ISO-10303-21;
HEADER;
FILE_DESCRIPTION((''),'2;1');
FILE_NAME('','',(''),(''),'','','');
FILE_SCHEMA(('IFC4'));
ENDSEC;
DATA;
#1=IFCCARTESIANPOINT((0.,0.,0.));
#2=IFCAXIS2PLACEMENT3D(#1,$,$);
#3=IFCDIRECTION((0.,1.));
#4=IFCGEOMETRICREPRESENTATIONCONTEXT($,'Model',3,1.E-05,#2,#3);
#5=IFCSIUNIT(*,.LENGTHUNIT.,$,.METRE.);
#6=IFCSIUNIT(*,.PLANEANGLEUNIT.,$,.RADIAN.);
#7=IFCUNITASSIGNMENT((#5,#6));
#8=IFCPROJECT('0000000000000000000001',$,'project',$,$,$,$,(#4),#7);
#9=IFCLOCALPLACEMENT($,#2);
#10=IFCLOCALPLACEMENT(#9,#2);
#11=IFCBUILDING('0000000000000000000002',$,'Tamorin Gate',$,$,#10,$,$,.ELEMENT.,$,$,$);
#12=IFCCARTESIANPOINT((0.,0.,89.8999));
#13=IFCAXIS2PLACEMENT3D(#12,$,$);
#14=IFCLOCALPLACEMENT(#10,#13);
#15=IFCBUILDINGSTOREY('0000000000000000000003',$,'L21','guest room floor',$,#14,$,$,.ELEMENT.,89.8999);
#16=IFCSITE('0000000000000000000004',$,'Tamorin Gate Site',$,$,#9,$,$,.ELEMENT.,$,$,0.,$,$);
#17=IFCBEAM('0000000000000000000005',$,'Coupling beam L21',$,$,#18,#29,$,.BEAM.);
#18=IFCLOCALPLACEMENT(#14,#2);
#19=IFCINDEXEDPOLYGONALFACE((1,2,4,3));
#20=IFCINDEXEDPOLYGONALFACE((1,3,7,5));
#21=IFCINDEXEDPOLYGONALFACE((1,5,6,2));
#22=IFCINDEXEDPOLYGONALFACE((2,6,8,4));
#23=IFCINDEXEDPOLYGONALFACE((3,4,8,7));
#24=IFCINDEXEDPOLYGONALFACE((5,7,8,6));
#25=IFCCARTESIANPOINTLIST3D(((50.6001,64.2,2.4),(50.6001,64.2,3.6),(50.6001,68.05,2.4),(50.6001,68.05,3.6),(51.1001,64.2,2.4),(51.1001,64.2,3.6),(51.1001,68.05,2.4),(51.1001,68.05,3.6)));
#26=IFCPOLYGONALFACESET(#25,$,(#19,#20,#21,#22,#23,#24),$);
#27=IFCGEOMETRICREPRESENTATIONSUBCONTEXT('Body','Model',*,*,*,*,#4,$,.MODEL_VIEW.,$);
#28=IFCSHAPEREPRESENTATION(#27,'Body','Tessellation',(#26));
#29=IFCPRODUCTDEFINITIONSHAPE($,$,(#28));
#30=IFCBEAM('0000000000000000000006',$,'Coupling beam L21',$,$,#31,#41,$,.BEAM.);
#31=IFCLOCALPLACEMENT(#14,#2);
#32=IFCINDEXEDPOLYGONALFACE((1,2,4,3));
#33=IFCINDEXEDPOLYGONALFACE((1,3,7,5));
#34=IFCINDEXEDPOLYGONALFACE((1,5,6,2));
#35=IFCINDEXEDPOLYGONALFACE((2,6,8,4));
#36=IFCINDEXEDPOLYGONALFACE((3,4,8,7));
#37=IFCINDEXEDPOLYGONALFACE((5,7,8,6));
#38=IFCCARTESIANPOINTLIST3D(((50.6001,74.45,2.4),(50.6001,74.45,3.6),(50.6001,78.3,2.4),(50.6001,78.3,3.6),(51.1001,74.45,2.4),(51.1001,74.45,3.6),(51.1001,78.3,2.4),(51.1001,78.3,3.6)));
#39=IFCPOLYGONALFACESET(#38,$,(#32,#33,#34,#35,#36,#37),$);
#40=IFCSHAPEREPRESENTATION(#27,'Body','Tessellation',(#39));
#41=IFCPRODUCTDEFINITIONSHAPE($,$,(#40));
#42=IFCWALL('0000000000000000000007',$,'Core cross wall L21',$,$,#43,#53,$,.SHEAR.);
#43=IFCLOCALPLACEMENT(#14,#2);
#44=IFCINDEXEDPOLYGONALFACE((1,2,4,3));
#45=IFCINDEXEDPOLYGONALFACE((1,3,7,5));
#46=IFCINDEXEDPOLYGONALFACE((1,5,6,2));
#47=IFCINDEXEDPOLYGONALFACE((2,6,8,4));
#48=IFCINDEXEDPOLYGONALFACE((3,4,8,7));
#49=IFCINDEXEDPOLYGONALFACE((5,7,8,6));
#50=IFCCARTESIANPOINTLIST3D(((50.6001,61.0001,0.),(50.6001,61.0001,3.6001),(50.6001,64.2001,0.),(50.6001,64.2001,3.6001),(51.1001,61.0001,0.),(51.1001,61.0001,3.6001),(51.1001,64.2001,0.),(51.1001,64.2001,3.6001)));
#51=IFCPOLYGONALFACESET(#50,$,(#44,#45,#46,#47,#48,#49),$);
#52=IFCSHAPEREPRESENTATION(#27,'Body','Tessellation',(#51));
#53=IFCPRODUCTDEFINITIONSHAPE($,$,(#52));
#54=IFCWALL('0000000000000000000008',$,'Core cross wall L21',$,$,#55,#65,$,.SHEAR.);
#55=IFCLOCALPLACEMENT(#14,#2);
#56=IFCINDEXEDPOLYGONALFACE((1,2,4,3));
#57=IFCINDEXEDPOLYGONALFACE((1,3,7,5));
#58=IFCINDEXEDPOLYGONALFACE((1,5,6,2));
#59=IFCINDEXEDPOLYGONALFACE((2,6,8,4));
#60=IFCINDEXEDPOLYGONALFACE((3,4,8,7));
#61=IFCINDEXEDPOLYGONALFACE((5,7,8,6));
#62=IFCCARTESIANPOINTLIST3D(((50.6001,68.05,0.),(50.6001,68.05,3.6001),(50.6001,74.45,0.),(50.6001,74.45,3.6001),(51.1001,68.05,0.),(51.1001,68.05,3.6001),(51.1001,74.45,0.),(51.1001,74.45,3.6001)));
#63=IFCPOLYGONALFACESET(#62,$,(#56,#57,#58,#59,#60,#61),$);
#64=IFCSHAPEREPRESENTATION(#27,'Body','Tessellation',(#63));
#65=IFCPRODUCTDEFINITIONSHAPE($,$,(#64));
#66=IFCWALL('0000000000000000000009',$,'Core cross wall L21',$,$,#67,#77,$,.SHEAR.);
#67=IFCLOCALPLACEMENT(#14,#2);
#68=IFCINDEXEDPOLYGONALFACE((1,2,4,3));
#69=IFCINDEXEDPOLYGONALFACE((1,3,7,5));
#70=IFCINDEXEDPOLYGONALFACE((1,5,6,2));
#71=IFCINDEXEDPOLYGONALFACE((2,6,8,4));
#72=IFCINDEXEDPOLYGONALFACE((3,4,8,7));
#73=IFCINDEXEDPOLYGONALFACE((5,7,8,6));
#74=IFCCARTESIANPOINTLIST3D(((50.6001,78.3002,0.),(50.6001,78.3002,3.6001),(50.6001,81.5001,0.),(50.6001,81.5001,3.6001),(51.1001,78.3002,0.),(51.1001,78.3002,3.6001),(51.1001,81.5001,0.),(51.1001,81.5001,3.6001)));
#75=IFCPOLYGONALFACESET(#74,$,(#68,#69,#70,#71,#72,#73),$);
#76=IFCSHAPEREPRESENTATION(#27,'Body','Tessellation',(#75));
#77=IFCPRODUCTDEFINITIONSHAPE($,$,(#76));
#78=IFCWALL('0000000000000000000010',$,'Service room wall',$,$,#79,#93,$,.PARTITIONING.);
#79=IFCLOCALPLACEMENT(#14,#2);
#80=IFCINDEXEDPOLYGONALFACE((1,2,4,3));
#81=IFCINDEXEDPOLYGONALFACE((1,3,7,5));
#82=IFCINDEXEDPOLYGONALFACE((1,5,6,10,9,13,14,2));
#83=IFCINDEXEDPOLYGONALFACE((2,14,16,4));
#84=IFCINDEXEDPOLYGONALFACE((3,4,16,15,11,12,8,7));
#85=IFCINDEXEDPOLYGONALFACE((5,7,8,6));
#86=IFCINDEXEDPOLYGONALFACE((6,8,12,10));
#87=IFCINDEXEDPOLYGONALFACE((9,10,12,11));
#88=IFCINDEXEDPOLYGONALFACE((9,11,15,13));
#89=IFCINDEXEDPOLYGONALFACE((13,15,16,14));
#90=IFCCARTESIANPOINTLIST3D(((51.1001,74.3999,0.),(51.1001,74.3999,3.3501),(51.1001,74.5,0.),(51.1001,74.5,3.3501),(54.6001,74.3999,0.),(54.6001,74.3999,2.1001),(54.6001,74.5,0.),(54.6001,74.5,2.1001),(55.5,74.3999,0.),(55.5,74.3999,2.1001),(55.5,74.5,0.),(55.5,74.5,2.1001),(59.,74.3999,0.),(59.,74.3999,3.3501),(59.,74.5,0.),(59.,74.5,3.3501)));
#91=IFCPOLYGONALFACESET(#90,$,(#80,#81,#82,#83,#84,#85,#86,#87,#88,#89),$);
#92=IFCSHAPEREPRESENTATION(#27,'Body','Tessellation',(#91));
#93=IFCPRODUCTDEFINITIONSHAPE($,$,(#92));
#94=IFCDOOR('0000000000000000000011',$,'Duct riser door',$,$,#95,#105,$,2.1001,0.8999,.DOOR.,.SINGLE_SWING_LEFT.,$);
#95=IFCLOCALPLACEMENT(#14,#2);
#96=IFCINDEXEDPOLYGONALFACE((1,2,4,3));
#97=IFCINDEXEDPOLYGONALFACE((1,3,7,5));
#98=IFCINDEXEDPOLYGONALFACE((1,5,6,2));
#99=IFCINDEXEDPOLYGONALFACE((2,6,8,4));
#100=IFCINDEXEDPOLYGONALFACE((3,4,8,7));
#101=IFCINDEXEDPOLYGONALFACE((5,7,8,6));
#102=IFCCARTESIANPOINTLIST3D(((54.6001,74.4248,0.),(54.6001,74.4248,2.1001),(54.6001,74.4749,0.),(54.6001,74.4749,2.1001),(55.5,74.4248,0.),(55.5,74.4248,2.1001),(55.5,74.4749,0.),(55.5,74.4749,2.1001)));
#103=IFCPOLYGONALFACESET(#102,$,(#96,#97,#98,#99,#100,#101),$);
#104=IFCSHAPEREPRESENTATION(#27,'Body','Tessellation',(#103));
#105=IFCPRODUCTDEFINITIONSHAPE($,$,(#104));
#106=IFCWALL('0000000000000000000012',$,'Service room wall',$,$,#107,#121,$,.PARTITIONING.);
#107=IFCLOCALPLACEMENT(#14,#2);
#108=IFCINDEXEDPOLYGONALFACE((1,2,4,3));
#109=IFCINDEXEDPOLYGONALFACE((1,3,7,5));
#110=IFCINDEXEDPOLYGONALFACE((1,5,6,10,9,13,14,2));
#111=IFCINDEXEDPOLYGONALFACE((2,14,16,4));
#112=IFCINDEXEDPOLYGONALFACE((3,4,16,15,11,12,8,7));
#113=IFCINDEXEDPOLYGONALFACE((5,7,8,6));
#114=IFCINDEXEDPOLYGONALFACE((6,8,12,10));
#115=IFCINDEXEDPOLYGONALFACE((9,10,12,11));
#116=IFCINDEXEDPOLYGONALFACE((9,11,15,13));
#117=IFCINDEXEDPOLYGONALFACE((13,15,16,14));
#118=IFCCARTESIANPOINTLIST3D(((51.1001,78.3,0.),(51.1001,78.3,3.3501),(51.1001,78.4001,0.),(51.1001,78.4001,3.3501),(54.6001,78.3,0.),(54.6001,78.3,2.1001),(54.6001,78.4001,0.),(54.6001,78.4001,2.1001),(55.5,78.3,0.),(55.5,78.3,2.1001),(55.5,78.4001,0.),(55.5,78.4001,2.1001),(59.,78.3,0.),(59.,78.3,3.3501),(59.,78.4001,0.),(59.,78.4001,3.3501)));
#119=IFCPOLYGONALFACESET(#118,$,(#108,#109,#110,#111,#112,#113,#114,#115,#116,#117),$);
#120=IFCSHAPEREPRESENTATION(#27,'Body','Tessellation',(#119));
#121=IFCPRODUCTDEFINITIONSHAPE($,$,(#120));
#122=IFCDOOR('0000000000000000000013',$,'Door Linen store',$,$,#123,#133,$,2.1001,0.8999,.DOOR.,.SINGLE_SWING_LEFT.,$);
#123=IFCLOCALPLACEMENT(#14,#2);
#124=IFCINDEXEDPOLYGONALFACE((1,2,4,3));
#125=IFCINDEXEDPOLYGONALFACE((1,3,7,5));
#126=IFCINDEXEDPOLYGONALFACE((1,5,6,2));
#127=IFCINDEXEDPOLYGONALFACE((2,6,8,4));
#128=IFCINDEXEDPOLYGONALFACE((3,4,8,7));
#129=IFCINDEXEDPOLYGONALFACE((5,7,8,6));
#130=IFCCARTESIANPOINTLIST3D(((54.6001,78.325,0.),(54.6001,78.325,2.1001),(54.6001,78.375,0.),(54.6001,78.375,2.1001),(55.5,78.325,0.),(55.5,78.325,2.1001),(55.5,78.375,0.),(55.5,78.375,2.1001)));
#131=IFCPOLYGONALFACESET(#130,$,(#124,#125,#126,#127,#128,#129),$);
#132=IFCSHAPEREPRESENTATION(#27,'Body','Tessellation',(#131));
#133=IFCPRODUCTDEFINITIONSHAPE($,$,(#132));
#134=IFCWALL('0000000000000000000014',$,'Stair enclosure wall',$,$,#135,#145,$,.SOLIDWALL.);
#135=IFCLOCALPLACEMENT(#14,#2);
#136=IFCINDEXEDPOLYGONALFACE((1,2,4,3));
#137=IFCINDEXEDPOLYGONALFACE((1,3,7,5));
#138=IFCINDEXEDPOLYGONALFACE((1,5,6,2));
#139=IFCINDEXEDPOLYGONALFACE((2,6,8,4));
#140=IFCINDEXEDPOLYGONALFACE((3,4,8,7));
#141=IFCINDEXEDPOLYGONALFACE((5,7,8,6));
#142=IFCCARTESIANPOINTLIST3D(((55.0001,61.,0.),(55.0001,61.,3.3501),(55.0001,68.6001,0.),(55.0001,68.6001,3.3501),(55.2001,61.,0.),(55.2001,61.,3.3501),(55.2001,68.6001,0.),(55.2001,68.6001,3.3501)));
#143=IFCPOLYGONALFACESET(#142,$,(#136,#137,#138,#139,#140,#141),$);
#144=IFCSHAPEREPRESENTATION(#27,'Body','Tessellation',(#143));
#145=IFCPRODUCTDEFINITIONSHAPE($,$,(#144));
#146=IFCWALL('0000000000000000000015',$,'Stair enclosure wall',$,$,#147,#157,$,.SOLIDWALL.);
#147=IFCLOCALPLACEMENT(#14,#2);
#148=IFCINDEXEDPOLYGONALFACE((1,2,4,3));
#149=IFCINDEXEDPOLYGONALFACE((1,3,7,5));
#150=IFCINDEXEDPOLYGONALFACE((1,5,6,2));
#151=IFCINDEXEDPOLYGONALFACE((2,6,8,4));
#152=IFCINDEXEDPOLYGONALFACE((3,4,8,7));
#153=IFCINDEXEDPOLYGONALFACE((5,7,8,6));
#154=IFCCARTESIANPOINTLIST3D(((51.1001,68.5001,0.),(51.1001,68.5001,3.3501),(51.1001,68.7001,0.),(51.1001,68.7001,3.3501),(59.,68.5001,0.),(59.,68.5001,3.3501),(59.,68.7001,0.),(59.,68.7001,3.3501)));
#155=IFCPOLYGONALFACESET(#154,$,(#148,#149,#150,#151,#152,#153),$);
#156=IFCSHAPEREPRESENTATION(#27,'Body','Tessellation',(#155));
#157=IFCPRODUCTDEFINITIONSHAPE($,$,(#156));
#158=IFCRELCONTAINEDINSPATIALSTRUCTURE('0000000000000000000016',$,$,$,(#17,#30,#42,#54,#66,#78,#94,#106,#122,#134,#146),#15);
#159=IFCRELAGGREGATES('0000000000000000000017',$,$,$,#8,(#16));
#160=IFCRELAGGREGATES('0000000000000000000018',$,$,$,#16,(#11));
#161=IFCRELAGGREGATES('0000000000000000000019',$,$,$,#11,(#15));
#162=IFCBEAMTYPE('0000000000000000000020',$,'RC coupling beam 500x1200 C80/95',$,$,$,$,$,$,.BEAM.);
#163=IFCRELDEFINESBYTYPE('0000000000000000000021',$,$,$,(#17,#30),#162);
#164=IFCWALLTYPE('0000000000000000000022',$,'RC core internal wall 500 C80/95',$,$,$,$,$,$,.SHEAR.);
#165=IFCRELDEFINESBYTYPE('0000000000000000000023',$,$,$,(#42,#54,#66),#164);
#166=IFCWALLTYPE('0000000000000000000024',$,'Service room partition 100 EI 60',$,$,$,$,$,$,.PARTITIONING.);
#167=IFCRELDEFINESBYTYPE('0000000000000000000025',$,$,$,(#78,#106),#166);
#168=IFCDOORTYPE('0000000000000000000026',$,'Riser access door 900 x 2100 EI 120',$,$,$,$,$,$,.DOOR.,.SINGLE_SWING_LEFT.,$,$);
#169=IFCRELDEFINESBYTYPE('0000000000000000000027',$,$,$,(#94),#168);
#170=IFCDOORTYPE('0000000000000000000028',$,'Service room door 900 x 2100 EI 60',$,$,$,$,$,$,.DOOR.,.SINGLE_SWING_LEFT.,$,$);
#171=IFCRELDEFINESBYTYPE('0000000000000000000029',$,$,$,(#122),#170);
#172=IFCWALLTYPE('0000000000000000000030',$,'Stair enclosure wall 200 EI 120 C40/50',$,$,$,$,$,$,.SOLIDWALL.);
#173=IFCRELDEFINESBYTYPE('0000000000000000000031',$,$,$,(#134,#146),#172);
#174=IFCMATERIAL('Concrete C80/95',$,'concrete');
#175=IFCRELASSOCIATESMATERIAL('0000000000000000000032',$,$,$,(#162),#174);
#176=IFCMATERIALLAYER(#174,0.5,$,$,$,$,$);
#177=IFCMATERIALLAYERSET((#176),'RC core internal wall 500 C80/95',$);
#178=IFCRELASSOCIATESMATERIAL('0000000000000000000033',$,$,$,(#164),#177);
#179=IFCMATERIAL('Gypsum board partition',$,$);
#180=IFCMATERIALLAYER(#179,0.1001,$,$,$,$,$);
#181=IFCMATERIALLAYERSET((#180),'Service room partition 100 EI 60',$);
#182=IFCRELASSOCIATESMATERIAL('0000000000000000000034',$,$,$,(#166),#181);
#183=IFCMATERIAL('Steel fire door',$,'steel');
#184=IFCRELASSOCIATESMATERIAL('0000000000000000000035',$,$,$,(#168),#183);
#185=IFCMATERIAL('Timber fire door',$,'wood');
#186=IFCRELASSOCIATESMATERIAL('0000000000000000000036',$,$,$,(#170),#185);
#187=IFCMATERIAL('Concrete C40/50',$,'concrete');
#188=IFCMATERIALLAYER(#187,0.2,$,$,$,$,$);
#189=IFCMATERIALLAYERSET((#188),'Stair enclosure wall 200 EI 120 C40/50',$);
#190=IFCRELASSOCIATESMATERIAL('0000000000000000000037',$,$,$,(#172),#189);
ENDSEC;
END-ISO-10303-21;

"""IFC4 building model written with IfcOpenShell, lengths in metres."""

from ifc_helpers import new_model, si_unit, direction, frame, frame_2d, origin, origin_2d, place, context, subcontext, project, spatial, rectangle, extrude, material, layer, layer_set, material_profile, profile_set, type_object, element, fill, save


model = new_model("IFC4")

# Units and contexts
model_context = context("Model", 3, precision=1e-05, world=origin(), true_north=direction((0.0, 1.0)))
body_context = subcontext(model_context, "Body", "Model", "MODEL_VIEW")
ifc_project = project(units=[si_unit("LENGTHUNIT", "METRE"), si_unit("PLANEANGLEUNIT", "RADIAN")], contexts=[model_context])

# Site, building, storey
site_placement = place(None, origin())
site = spatial("IfcSite", under=ifc_project, at=site_placement, Name="Tamorin Gate Site", CompositionType="ELEMENT", RefElevation=0.0)
building_placement = place(site_placement, origin())
building = spatial("IfcBuilding", under=site, at=building_placement, Name="Tamorin Gate", CompositionType="ELEMENT")
storey_placement = place(building_placement, frame((0.0, 0.0, 89.8999)))
storey = spatial("IfcBuildingStorey", under=building, at=storey_placement, Name="L21", Description="guest room floor", CompositionType="ELEMENT", Elevation=89.8999)

# Beams
ifc_material_1 = material(Name="Concrete C80/95", Category="concrete")
ifc_material_profile = material_profile(ifc_material_1, rectangle(XDim=0.5, YDim=1.2, at=origin_2d()), Name="RC 500x1200")
ifc_profile_set = profile_set([ifc_material_profile], Name="Concrete C80/95")
beam_type = type_object("IfcBeamType", Name="RC coupling beam 500x1200 C80/95", PredefinedType="BEAM", material=ifc_profile_set)
for number, where, z_axis, x_axis, name in (
    (1, (50.8501, 64.2, 3.0), (0.0, 1.0, 0.0), (-1.0, 0.0, 0.0), "Coupling beam L21"),
    (2, (50.8501, 74.45, 3.0), (0.0, 1.0, 0.0), (-1.0, 0.0, 0.0), "Coupling beam L21"),
):
    element("IfcBeam", number, at=place(storey_placement, frame(where, z_axis=z_axis, x_axis=x_axis)), inside=storey, type_object=beam_type, Name=name, PredefinedType="BEAM", context=body_context, shape_type="SweptSolid", body=[
        extrude(rectangle(XDim=0.5, YDim=1.2, at=origin_2d()), origin(), (0.0, 0.0, 1.0), 3.8501),
    ])

# Walls
ifc_layer_1 = layer(ifc_material_1, 0.5)
ifc_layer_set_1 = layer_set([ifc_layer_1], Name="RC core internal wall 500 C80/95")
wall_type_1 = type_object("IfcWallType", Name="RC core internal wall 500 C80/95", PredefinedType="SHEAR", material=ifc_layer_set_1)
wall_1_placement = place(storey_placement, frame((50.8501, 61.0, 0.0), z_axis=(0.0, 0.0, 1.0), x_axis=(0.0, 1.0, 0.0)))
element("IfcWall", 3, at=wall_1_placement, inside=storey, type_object=wall_type_1, Name="Core cross wall L21", PredefinedType="SHEAR", context=body_context, shape_type="SweptSolid", body=[
    extrude(rectangle(XDim=3.2, YDim=0.5, at=frame_2d((1.6001, 0.0))), origin(), (0.0, 0.0, 1.0), 3.6001),
])
wall_2_placement = place(storey_placement, frame((50.8501, 68.05, 0.0), z_axis=(0.0, 0.0, 1.0), x_axis=(0.0, 1.0, 0.0)))
element("IfcWall", 4, at=wall_2_placement, inside=storey, type_object=wall_type_1, Name="Core cross wall L21", PredefinedType="SHEAR", context=body_context, shape_type="SweptSolid", body=[
    extrude(rectangle(XDim=6.3999, YDim=0.5, at=frame_2d((3.2, 0.0))), origin(), (0.0, 0.0, 1.0), 3.6001),
])
wall_3_placement = place(storey_placement, frame((50.8501, 78.3, 0.0), z_axis=(0.0, 0.0, 1.0), x_axis=(0.0, 1.0, 0.0)))
element("IfcWall", 5, at=wall_3_placement, inside=storey, type_object=wall_type_1, Name="Core cross wall L21", PredefinedType="SHEAR", context=body_context, shape_type="SweptSolid", body=[
    extrude(rectangle(XDim=3.2, YDim=0.5, at=frame_2d((1.6001, 0.0))), origin(), (0.0, 0.0, 1.0), 3.6001),
])

# Walls, openings, doors
ifc_material_2 = material(Name="Gypsum board partition")
ifc_layer_2 = layer(ifc_material_2, 0.1001)
ifc_layer_set_2 = layer_set([ifc_layer_2], Name="Service room partition 100 EI 60")
wall_type_2 = type_object("IfcWallType", Name="Service room partition 100 EI 60", PredefinedType="PARTITIONING", material=ifc_layer_set_2)
wall_4_placement = place(storey_placement, frame((51.1001, 74.45, 0.0), z_axis=(0.0, 0.0, 1.0), x_axis=(1.0, 0.0, 0.0)))
wall_4 = element("IfcWall", 6, at=wall_4_placement, inside=storey, type_object=wall_type_2, Name="Service room wall", PredefinedType="PARTITIONING", context=body_context, shape_type="SweptSolid", body=[
    extrude(rectangle(XDim=7.8999, YDim=0.1001, at=frame_2d((3.95, 0.0))), origin(), (0.0, 0.0, 1.0), 3.3501),
])
opening_1_placement = place(wall_4_placement, frame((3.5, 0.0, 0.0)))
opening_1 = element("IfcOpeningElement", 7, at=opening_1_placement, cuts=wall_4, PredefinedType="OPENING", context=body_context, shape_type="SweptSolid", body=[
    extrude(rectangle(XDim=0.8999, YDim=2.1001, at=frame_2d((0.45, 1.05))), frame((0.0, 0.0601, 0.0), z_axis=(0.0, -1.0, 0.0), x_axis=(1.0, 0.0, 0.0)), (0.0, 0.0, 1.0), 0.1201),
])
ifc_material_3 = material(Name="Steel fire door", Category="steel")
door_type_1 = type_object("IfcDoorType", Name="Riser access door 900 x 2100 EI 120", OperationType="SINGLE_SWING_LEFT", PredefinedType="DOOR", material=ifc_material_3)
door_1_placement = place(opening_1_placement, origin())
door_1 = element("IfcDoor", 8, at=door_1_placement, inside=storey, type_object=door_type_1, Name="Duct riser door", OperationType="SINGLE_SWING_LEFT", OverallHeight=2.1001, OverallWidth=0.8999, PredefinedType="DOOR", context=body_context, shape_type="SweptSolid", body=[
    extrude(rectangle(XDim=0.8999, YDim=2.1001, at=frame_2d((0.45, 1.05))), frame((0.0, 0.0249, 0.0), z_axis=(0.0, -1.0, 0.0), x_axis=(1.0, 0.0, 0.0)), (0.0, 0.0, 1.0), 0.05),
])
fill(opening_1, door_1)
wall_5_placement = place(storey_placement, frame((51.1001, 78.3501, 0.0), z_axis=(0.0, 0.0, 1.0), x_axis=(1.0, 0.0, 0.0)))
wall_5 = element("IfcWall", 9, at=wall_5_placement, inside=storey, type_object=wall_type_2, Name="Service room wall", PredefinedType="PARTITIONING", context=body_context, shape_type="SweptSolid", body=[
    extrude(rectangle(XDim=7.8999, YDim=0.1001, at=frame_2d((3.95, 0.0))), origin(), (0.0, 0.0, 1.0), 3.3501),
])
opening_2_placement = place(wall_5_placement, frame((3.5, 0.0, 0.0)))
opening_2 = element("IfcOpeningElement", 10, at=opening_2_placement, cuts=wall_5, PredefinedType="OPENING", context=body_context, shape_type="SweptSolid", body=[
    extrude(rectangle(XDim=0.8999, YDim=2.1001, at=frame_2d((0.45, 1.05))), frame((0.0, 0.0601, 0.0), z_axis=(0.0, -1.0, 0.0), x_axis=(1.0, 0.0, 0.0)), (0.0, 0.0, 1.0), 0.1201),
])
ifc_material_4 = material(Name="Timber fire door", Category="wood")
door_type_2 = type_object("IfcDoorType", Name="Service room door 900 x 2100 EI 60", OperationType="SINGLE_SWING_LEFT", PredefinedType="DOOR", material=ifc_material_4)
door_2_placement = place(opening_2_placement, origin())
door_2 = element("IfcDoor", 11, at=door_2_placement, inside=storey, type_object=door_type_2, Name="Door Linen store", OperationType="SINGLE_SWING_LEFT", OverallHeight=2.1001, OverallWidth=0.8999, PredefinedType="DOOR", context=body_context, shape_type="SweptSolid", body=[
    extrude(rectangle(XDim=0.8999, YDim=2.1001, at=frame_2d((0.45, 1.05))), frame((0.0, 0.0249, 0.0), z_axis=(0.0, -1.0, 0.0), x_axis=(1.0, 0.0, 0.0)), (0.0, 0.0, 1.0), 0.05),
])
fill(opening_2, door_2)

# Walls
ifc_material_5 = material(Name="Concrete C40/50", Category="concrete")
ifc_layer_3 = layer(ifc_material_5, 0.2)
ifc_layer_set_3 = layer_set([ifc_layer_3], Name="Stair enclosure wall 200 EI 120 C40/50")
wall_type_3 = type_object("IfcWallType", Name="Stair enclosure wall 200 EI 120 C40/50", PredefinedType="SOLIDWALL", material=ifc_layer_set_3)
wall_6_placement = place(storey_placement, frame((55.1001, 61.0, 0.0), z_axis=(0.0, 0.0, 1.0), x_axis=(0.0, 1.0, 0.0)))
element("IfcWall", 12, at=wall_6_placement, inside=storey, type_object=wall_type_3, Name="Stair enclosure wall", PredefinedType="SOLIDWALL", context=body_context, shape_type="SweptSolid", body=[
    extrude(rectangle(XDim=7.6001, YDim=0.2, at=frame_2d((3.8, 0.0))), origin(), (0.0, 0.0, 1.0), 3.3501),
])
wall_7_placement = place(storey_placement, frame((51.1001, 68.6001, 0.0), z_axis=(0.0, 0.0, 1.0), x_axis=(1.0, 0.0, 0.0)))
element("IfcWall", 13, at=wall_7_placement, inside=storey, type_object=wall_type_3, Name="Stair enclosure wall", PredefinedType="SOLIDWALL", context=body_context, shape_type="SweptSolid", body=[
    extrude(rectangle(XDim=7.8999, YDim=0.2, at=frame_2d((3.95, 0.0))), origin(), (0.0, 0.0, 1.0), 3.3501),
])

save(model, "model.ifc")
